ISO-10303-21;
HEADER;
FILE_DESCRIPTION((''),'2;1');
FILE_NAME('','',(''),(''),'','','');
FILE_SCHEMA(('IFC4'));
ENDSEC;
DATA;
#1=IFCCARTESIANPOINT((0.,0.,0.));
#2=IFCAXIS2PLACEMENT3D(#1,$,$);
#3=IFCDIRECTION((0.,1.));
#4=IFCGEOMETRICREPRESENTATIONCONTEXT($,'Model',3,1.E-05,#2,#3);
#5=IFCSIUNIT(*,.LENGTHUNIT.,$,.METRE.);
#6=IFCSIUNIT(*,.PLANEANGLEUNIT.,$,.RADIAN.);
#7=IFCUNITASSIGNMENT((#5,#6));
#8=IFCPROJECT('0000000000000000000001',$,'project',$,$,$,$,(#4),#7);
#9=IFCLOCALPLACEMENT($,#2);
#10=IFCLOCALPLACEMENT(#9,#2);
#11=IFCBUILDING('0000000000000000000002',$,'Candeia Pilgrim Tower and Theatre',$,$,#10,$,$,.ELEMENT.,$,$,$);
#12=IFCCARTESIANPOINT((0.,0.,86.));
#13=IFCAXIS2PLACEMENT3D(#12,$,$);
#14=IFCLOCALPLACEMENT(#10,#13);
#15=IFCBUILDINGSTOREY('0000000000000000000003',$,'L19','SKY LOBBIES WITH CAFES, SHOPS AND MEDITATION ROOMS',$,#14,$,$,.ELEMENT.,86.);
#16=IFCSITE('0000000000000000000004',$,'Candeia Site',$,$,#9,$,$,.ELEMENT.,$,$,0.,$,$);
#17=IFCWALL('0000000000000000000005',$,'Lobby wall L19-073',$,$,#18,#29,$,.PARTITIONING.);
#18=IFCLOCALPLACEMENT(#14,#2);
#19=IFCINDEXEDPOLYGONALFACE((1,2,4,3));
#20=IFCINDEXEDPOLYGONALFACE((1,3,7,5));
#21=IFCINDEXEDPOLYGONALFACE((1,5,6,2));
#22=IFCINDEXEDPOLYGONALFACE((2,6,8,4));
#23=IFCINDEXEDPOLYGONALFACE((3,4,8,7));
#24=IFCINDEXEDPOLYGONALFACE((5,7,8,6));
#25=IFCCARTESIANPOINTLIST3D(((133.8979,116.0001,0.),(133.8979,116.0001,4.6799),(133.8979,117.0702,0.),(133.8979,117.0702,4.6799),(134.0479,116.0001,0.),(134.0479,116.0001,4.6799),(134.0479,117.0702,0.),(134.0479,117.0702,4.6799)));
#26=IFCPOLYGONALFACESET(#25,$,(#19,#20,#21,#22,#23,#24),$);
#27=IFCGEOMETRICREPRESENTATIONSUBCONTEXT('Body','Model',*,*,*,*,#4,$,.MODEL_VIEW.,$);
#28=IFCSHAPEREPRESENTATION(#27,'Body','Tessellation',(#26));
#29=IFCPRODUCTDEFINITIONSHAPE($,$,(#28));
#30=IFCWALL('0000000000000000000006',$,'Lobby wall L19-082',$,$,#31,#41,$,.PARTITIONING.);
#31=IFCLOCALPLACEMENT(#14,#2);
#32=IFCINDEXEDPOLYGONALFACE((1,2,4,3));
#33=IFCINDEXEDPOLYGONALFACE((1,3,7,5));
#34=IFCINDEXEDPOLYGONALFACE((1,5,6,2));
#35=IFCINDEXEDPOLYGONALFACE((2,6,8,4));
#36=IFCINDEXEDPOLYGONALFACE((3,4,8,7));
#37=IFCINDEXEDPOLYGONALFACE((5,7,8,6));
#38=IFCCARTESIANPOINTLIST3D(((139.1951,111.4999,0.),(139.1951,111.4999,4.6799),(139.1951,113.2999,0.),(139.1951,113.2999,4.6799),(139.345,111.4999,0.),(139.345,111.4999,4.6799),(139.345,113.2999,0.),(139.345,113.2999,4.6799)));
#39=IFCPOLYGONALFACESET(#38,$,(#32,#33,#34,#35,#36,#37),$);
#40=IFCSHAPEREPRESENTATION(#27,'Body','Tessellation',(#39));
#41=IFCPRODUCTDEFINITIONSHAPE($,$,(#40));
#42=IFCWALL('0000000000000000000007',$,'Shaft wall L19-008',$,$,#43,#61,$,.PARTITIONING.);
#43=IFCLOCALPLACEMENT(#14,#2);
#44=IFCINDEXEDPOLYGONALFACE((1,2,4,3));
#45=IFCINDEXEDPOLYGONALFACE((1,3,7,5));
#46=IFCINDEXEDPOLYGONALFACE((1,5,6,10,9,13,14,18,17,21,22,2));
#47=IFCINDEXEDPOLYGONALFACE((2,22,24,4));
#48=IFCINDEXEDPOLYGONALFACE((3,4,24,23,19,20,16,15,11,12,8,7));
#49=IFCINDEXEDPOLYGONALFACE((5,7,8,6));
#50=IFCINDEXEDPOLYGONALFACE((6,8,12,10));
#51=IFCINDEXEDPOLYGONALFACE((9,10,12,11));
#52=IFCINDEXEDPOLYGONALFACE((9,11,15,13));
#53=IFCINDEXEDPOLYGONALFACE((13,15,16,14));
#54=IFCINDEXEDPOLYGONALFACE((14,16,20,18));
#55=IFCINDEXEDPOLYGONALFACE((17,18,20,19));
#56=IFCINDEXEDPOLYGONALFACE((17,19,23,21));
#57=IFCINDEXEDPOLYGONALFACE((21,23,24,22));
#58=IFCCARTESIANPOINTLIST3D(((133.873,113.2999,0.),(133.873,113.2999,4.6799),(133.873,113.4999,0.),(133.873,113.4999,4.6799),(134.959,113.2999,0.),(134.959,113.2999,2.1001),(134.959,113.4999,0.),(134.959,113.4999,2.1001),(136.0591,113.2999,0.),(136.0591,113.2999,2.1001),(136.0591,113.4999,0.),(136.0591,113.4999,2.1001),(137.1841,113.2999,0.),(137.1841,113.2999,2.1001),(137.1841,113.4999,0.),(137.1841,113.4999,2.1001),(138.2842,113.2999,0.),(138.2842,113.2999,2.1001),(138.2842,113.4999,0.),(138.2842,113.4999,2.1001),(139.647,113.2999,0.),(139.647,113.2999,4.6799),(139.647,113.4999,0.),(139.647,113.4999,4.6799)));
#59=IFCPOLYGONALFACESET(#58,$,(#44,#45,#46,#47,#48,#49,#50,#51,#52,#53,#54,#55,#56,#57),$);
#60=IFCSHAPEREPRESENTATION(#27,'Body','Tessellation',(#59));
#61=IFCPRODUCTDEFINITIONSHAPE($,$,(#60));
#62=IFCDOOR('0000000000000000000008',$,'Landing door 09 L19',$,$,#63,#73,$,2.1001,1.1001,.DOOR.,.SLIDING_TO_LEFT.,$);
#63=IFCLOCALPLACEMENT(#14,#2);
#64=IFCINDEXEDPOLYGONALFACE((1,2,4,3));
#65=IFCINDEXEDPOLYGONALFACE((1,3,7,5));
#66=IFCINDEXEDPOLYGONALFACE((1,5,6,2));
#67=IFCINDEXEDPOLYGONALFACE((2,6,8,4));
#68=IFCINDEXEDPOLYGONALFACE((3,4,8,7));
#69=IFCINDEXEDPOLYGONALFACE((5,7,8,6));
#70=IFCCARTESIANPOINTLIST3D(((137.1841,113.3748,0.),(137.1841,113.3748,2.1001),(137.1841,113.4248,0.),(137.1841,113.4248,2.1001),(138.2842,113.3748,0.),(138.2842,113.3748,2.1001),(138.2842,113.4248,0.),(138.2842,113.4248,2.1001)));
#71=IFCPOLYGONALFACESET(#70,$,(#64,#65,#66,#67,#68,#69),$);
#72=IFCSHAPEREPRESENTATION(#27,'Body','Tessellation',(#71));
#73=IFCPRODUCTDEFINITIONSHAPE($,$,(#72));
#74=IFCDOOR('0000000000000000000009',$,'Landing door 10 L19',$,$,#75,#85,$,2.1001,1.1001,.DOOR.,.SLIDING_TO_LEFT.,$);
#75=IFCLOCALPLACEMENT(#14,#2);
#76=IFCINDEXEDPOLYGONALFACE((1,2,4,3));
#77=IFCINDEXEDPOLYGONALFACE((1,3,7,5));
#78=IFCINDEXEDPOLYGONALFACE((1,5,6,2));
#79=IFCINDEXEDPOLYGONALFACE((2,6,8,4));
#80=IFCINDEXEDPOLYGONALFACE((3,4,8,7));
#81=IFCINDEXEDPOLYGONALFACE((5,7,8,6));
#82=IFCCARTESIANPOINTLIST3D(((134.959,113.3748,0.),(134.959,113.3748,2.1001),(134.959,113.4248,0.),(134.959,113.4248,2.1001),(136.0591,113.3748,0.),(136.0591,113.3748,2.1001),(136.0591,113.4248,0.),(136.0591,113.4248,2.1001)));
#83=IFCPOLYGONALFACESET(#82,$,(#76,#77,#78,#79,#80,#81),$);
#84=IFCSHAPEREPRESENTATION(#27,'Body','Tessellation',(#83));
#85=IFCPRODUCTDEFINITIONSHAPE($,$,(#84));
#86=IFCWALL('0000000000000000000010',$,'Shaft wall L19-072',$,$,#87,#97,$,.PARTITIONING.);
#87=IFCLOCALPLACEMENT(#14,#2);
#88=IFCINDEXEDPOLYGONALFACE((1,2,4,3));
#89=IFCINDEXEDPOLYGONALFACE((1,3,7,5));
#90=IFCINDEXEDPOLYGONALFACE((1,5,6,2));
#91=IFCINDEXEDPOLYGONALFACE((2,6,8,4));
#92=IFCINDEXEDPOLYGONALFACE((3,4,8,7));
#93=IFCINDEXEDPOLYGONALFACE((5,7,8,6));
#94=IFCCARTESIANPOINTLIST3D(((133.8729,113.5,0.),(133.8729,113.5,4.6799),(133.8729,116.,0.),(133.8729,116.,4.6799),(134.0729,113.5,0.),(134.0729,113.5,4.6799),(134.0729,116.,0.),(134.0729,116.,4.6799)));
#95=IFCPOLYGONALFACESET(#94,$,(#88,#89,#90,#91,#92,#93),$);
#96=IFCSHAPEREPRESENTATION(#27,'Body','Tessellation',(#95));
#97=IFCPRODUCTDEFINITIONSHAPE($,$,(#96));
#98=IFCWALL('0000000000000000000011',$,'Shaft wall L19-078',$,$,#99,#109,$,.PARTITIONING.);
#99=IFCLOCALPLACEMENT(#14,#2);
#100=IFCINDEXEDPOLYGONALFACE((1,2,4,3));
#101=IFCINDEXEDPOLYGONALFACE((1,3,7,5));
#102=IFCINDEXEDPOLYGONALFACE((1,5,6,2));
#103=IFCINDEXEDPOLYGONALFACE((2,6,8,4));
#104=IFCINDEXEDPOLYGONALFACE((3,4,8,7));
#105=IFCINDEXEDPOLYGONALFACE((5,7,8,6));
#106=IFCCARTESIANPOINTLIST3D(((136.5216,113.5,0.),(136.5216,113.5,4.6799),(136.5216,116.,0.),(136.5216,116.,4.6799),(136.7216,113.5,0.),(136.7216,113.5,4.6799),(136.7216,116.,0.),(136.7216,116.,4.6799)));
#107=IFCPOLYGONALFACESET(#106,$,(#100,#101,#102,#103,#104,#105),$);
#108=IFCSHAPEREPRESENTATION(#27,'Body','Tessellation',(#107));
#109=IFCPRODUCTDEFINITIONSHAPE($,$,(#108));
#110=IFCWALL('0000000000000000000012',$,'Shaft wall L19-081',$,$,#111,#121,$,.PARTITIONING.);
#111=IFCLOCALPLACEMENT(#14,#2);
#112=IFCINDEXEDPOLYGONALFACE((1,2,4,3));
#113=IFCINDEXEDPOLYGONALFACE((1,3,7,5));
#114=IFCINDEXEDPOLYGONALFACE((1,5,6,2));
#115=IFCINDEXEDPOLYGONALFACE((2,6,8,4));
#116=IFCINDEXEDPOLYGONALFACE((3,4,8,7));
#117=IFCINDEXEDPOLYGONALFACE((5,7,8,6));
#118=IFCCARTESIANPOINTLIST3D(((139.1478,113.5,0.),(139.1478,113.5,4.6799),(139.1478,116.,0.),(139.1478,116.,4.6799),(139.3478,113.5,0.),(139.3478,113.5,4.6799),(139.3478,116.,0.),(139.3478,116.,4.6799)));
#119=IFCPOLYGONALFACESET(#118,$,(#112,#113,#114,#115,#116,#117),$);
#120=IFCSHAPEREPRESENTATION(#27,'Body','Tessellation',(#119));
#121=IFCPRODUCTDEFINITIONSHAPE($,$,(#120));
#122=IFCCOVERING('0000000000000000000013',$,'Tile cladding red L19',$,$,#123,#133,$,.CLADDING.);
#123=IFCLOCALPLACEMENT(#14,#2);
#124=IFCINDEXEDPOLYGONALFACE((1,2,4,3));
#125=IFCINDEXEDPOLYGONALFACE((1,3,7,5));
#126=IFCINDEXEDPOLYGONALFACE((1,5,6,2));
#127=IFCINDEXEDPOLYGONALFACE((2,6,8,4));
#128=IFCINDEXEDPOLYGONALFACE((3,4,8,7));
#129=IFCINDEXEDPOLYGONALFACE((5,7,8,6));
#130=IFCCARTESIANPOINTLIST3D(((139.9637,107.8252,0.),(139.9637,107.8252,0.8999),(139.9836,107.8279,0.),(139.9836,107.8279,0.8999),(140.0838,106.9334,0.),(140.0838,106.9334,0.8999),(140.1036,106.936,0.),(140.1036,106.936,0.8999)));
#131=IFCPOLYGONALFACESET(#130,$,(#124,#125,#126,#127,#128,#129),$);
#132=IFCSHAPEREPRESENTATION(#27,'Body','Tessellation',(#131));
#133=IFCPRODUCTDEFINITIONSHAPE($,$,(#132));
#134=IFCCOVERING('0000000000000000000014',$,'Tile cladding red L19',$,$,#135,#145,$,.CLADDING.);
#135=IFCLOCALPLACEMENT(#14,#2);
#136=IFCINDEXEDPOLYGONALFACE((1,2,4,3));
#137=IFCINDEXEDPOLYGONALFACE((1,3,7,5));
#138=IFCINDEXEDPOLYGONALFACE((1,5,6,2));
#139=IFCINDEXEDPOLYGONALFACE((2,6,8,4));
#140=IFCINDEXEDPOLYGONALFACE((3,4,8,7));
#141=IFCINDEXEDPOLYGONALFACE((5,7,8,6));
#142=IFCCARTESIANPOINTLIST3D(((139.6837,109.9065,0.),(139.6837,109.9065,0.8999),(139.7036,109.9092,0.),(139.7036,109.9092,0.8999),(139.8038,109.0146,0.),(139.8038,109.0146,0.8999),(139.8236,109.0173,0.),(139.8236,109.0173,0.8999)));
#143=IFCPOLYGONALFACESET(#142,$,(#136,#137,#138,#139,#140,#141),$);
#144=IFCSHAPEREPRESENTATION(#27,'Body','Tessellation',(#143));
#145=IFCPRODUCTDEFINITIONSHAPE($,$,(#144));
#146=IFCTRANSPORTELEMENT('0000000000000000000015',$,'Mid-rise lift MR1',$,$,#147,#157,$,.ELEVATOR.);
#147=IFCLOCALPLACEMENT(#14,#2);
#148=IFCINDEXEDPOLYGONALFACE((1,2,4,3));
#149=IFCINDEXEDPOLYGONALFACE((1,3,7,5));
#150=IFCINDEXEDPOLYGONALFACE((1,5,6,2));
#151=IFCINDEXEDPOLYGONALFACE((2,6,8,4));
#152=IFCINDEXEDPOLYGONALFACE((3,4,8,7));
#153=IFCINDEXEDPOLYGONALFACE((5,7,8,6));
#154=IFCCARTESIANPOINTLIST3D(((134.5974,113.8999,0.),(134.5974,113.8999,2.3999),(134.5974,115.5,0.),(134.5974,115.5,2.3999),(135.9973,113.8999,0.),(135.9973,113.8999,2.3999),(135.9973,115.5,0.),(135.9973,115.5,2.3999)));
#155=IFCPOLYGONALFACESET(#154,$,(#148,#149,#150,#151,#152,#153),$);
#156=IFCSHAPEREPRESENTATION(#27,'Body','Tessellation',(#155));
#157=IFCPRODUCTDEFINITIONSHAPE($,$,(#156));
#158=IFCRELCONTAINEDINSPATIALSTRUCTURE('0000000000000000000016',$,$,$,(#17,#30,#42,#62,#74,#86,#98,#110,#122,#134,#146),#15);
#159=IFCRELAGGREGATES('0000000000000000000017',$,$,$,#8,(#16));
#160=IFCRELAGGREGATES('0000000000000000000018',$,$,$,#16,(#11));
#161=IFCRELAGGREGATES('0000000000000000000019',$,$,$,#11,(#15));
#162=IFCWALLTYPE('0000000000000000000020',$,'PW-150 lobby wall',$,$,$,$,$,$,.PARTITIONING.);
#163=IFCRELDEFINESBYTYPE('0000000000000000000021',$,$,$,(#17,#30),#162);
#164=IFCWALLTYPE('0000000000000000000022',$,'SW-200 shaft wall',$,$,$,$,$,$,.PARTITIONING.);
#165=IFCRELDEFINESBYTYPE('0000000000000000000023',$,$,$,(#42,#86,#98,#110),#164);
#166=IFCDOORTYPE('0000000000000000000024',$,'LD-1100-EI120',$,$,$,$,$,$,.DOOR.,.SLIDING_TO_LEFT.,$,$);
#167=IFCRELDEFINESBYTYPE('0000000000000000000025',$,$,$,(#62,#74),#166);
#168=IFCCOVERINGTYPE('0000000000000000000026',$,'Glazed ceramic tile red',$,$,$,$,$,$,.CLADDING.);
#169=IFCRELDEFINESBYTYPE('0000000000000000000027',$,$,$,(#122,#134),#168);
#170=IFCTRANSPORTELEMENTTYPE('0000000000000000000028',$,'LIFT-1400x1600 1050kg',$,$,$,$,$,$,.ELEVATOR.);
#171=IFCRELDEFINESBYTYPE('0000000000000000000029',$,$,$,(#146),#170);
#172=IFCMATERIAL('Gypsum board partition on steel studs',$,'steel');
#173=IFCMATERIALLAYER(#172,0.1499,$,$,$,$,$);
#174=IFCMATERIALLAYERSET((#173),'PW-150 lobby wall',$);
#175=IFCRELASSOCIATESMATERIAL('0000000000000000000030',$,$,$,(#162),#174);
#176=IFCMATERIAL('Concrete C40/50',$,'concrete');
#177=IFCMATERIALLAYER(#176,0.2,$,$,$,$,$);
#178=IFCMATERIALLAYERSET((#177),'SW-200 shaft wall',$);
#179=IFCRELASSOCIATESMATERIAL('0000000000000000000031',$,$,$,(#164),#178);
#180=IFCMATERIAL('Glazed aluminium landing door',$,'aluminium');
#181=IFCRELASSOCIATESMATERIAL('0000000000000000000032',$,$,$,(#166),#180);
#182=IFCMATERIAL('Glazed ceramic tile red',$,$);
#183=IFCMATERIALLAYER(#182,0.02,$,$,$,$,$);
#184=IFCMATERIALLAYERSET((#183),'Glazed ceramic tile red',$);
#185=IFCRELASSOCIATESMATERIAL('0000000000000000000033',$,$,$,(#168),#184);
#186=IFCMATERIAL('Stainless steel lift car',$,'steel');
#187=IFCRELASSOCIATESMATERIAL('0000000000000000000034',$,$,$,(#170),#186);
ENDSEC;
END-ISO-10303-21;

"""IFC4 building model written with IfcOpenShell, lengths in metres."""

from ifc_helpers import new_model, si_unit, direction, frame, frame_2d, origin, origin_2d, place, context, subcontext, project, spatial, rectangle, extrude, material, layer, layer_set, type_object, element, fill, save


model = new_model("IFC4")

# Units and contexts
model_context = context("Model", 3, precision=1e-05, world=origin(), true_north=direction((0.0, 1.0)))
body_context = subcontext(model_context, "Body", "Model", "MODEL_VIEW")
ifc_project = project(units=[si_unit("LENGTHUNIT", "METRE"), si_unit("PLANEANGLEUNIT", "RADIAN")], contexts=[model_context])

# Site, building, storey
site_placement = place(None, origin())
site = spatial("IfcSite", under=ifc_project, at=site_placement, Name="Candeia Site", CompositionType="ELEMENT", RefElevation=0.0)
building_placement = place(site_placement, origin())
building = spatial("IfcBuilding", under=site, at=building_placement, Name="Candeia Pilgrim Tower and Theatre", CompositionType="ELEMENT")
storey_placement = place(building_placement, frame((0.0, 0.0, 86.0)))
storey = spatial("IfcBuildingStorey", under=building, at=storey_placement, Name="L19", Description="SKY LOBBIES WITH CAFES, SHOPS AND MEDITATION ROOMS", CompositionType="ELEMENT", Elevation=86.0)

# Walls
ifc_material_1 = material(Name="Gypsum board partition on steel studs", Category="steel")
ifc_layer_1 = layer(ifc_material_1, 0.1499)
ifc_layer_set_1 = layer_set([ifc_layer_1], Name="PW-150 lobby wall")
wall_type_1 = type_object("IfcWallType", Name="PW-150 lobby wall", PredefinedType="PARTITIONING", material=ifc_layer_set_1)
wall_1_placement = place(storey_placement, frame((133.9729, 116.0, 0.0), z_axis=(0.0, 0.0, 1.0), x_axis=(0.0, 1.0, 0.0)))
element("IfcWall", 1, at=wall_1_placement, inside=storey, type_object=wall_type_1, Name="Lobby wall L19-073", PredefinedType="PARTITIONING", context=body_context, shape_type="SweptSolid", body=[
    extrude(rectangle(XDim=1.0701, YDim=0.1499, at=frame_2d((0.5352, 0.0))), origin(), (0.0, 0.0, 1.0), 4.6799),
])
wall_2_placement = place(storey_placement, frame((139.27, 111.5, 0.0), z_axis=(0.0, 0.0, 1.0), x_axis=(0.0, 1.0, 0.0)))
element("IfcWall", 2, at=wall_2_placement, inside=storey, type_object=wall_type_1, Name="Lobby wall L19-082", PredefinedType="PARTITIONING", context=body_context, shape_type="SweptSolid", body=[
    extrude(rectangle(XDim=1.8, YDim=0.1499, at=frame_2d((0.8999, 0.0))), origin(), (0.0, 0.0, 1.0), 4.6799),
])

# Wall, openings, doors
ifc_material_2 = material(Name="Concrete C40/50", Category="concrete")
ifc_layer_2 = layer(ifc_material_2, 0.2)
ifc_layer_set_2 = layer_set([ifc_layer_2], Name="SW-200 shaft wall")
wall_type_2 = type_object("IfcWallType", Name="SW-200 shaft wall", PredefinedType="PARTITIONING", material=ifc_layer_set_2)
wall_3_placement = place(storey_placement, frame((133.873, 113.3999, 0.0), z_axis=(0.0, 0.0, 1.0), x_axis=(1.0, 0.0, 0.0)))
wall_3 = element("IfcWall", 3, at=wall_3_placement, inside=storey, type_object=wall_type_2, Name="Shaft wall L19-008", PredefinedType="PARTITIONING", context=body_context, shape_type="SweptSolid", body=[
    extrude(rectangle(XDim=5.7739, YDim=0.2, at=frame_2d((2.887, 0.0))), origin(), (0.0, 0.0, 1.0), 4.6799),
])
opening_1_placement = place(wall_3_placement, frame((3.311, 0.0, 0.0)))
opening_1 = element("IfcOpeningElement", 4, at=opening_1_placement, cuts=wall_3, PredefinedType="OPENING", context=body_context, shape_type="SweptSolid", body=[
    extrude(rectangle(XDim=1.1001, YDim=2.1001, at=frame_2d((0.55, 1.05))), frame((0.0, 0.1099, 0.0), z_axis=(0.0, -1.0, 0.0), x_axis=(1.0, 0.0, 0.0)), (0.0, 0.0, 1.0), 0.22),
])
opening_2_placement = place(wall_3_placement, frame((1.0859, 0.0, 0.0)))
opening_2 = element("IfcOpeningElement", 5, at=opening_2_placement, cuts=wall_3, PredefinedType="OPENING", context=body_context, shape_type="SweptSolid", body=[
    extrude(rectangle(XDim=1.1001, YDim=2.1001, at=frame_2d((0.55, 1.05))), frame((0.0, 0.1099, 0.0), z_axis=(0.0, -1.0, 0.0), x_axis=(1.0, 0.0, 0.0)), (0.0, 0.0, 1.0), 0.22),
])
ifc_material_3 = material(Name="Glazed aluminium landing door", Category="aluminium")
door_type_1 = type_object("IfcDoorType", Name="LD-1100-EI120", OperationType="SLIDING_TO_LEFT", PredefinedType="DOOR", material=ifc_material_3)
door_1_placement = place(opening_1_placement, origin())
door_1 = element("IfcDoor", 6, at=door_1_placement, inside=storey, type_object=door_type_1, Name="Landing door 09 L19", OperationType="SLIDING_TO_LEFT", OverallHeight=2.1001, OverallWidth=1.1001, PredefinedType="DOOR", context=body_context, shape_type="SweptSolid", body=[
    extrude(rectangle(XDim=1.1001, YDim=2.1001, at=frame_2d((0.55, 1.05))), frame((0.0, 0.0249, 0.0), z_axis=(0.0, -1.0, 0.0), x_axis=(1.0, 0.0, 0.0)), (0.0, 0.0, 1.0), 0.05),
])
fill(opening_1, door_1)
door_2_placement = place(opening_2_placement, origin())
door_2 = element("IfcDoor", 7, at=door_2_placement, inside=storey, type_object=door_type_1, Name="Landing door 10 L19", OperationType="SLIDING_TO_LEFT", OverallHeight=2.1001, OverallWidth=1.1001, PredefinedType="DOOR", context=body_context, shape_type="SweptSolid", body=[
    extrude(rectangle(XDim=1.1001, YDim=2.1001, at=frame_2d((0.55, 1.05))), frame((0.0, 0.0249, 0.0), z_axis=(0.0, -1.0, 0.0), x_axis=(1.0, 0.0, 0.0)), (0.0, 0.0, 1.0), 0.05),
])
fill(opening_2, door_2)

# Walls
for number, where, z_axis, x_axis, name in (
    (8, (133.9729, 113.5, 0.0), (0.0, 0.0, 1.0), (0.0, 1.0, 0.0), "Shaft wall L19-072"),
    (9, (136.6216, 113.5, 0.0), (0.0, 0.0, 1.0), (0.0, 1.0, 0.0), "Shaft wall L19-078"),
    (10, (139.2478, 113.5, 0.0), (0.0, 0.0, 1.0), (0.0, 1.0, 0.0), "Shaft wall L19-081"),
):
    element("IfcWall", number, at=place(storey_placement, frame(where, z_axis=z_axis, x_axis=x_axis)), inside=storey, type_object=wall_type_2, Name=name, PredefinedType="PARTITIONING", context=body_context, shape_type="SweptSolid", body=[
        extrude(rectangle(XDim=2.5, YDim=0.2, at=frame_2d((1.25, 0.0))), origin(), (0.0, 0.0, 1.0), 4.6799),
    ])

# Coverings
ifc_material_4 = material(Name="Glazed ceramic tile red")
ifc_layer_3 = layer(ifc_material_4, 0.02)
ifc_layer_set_3 = layer_set([ifc_layer_3], Name="Glazed ceramic tile red")
covering_type = type_object("IfcCoveringType", Name="Glazed ceramic tile red", PredefinedType="CLADDING", material=ifc_layer_set_3)
for number, where, z_axis, x_axis, name in (
    (11, (140.0337, 107.3806, 0.0), (0.0, 0.0, 1.0), (-0.133412, 0.991061, 0.0), "Tile cladding red L19"),
    (12, (139.7537, 109.4619, 0.0), (0.0, 0.0, 1.0), (-0.133412, 0.991061, 0.0), "Tile cladding red L19"),
):
    element("IfcCovering", number, at=place(storey_placement, frame(where, z_axis=z_axis, x_axis=x_axis)), inside=storey, type_object=covering_type, Name=name, PredefinedType="CLADDING", context=body_context, shape_type="SweptSolid", body=[
        extrude(rectangle(XDim=0.8999, YDim=0.02, at=origin_2d()), origin(), (0.0, 0.0, 1.0), 0.8999),
    ])

# Transport element
ifc_material_5 = material(Name="Stainless steel lift car", Category="steel")
transport_element_type = type_object("IfcTransportElementType", Name="LIFT-1400x1600 1050kg", PredefinedType="ELEVATOR", material=ifc_material_5)
transport_element_placement = place(storey_placement, frame((135.2974, 114.7, 0.0), z_axis=(0.0, 0.0, 1.0), x_axis=(1.0, 0.0, 0.0)))
element("IfcTransportElement", 13, at=transport_element_placement, inside=storey, type_object=transport_element_type, Name="Mid-rise lift MR1", PredefinedType="ELEVATOR", context=body_context, shape_type="SweptSolid", body=[
    extrude(rectangle(XDim=1.3999, YDim=1.6001, at=origin_2d()), origin(), (0.0, 0.0, 1.0), 2.3999),
])

save(model, "model.ifc")
